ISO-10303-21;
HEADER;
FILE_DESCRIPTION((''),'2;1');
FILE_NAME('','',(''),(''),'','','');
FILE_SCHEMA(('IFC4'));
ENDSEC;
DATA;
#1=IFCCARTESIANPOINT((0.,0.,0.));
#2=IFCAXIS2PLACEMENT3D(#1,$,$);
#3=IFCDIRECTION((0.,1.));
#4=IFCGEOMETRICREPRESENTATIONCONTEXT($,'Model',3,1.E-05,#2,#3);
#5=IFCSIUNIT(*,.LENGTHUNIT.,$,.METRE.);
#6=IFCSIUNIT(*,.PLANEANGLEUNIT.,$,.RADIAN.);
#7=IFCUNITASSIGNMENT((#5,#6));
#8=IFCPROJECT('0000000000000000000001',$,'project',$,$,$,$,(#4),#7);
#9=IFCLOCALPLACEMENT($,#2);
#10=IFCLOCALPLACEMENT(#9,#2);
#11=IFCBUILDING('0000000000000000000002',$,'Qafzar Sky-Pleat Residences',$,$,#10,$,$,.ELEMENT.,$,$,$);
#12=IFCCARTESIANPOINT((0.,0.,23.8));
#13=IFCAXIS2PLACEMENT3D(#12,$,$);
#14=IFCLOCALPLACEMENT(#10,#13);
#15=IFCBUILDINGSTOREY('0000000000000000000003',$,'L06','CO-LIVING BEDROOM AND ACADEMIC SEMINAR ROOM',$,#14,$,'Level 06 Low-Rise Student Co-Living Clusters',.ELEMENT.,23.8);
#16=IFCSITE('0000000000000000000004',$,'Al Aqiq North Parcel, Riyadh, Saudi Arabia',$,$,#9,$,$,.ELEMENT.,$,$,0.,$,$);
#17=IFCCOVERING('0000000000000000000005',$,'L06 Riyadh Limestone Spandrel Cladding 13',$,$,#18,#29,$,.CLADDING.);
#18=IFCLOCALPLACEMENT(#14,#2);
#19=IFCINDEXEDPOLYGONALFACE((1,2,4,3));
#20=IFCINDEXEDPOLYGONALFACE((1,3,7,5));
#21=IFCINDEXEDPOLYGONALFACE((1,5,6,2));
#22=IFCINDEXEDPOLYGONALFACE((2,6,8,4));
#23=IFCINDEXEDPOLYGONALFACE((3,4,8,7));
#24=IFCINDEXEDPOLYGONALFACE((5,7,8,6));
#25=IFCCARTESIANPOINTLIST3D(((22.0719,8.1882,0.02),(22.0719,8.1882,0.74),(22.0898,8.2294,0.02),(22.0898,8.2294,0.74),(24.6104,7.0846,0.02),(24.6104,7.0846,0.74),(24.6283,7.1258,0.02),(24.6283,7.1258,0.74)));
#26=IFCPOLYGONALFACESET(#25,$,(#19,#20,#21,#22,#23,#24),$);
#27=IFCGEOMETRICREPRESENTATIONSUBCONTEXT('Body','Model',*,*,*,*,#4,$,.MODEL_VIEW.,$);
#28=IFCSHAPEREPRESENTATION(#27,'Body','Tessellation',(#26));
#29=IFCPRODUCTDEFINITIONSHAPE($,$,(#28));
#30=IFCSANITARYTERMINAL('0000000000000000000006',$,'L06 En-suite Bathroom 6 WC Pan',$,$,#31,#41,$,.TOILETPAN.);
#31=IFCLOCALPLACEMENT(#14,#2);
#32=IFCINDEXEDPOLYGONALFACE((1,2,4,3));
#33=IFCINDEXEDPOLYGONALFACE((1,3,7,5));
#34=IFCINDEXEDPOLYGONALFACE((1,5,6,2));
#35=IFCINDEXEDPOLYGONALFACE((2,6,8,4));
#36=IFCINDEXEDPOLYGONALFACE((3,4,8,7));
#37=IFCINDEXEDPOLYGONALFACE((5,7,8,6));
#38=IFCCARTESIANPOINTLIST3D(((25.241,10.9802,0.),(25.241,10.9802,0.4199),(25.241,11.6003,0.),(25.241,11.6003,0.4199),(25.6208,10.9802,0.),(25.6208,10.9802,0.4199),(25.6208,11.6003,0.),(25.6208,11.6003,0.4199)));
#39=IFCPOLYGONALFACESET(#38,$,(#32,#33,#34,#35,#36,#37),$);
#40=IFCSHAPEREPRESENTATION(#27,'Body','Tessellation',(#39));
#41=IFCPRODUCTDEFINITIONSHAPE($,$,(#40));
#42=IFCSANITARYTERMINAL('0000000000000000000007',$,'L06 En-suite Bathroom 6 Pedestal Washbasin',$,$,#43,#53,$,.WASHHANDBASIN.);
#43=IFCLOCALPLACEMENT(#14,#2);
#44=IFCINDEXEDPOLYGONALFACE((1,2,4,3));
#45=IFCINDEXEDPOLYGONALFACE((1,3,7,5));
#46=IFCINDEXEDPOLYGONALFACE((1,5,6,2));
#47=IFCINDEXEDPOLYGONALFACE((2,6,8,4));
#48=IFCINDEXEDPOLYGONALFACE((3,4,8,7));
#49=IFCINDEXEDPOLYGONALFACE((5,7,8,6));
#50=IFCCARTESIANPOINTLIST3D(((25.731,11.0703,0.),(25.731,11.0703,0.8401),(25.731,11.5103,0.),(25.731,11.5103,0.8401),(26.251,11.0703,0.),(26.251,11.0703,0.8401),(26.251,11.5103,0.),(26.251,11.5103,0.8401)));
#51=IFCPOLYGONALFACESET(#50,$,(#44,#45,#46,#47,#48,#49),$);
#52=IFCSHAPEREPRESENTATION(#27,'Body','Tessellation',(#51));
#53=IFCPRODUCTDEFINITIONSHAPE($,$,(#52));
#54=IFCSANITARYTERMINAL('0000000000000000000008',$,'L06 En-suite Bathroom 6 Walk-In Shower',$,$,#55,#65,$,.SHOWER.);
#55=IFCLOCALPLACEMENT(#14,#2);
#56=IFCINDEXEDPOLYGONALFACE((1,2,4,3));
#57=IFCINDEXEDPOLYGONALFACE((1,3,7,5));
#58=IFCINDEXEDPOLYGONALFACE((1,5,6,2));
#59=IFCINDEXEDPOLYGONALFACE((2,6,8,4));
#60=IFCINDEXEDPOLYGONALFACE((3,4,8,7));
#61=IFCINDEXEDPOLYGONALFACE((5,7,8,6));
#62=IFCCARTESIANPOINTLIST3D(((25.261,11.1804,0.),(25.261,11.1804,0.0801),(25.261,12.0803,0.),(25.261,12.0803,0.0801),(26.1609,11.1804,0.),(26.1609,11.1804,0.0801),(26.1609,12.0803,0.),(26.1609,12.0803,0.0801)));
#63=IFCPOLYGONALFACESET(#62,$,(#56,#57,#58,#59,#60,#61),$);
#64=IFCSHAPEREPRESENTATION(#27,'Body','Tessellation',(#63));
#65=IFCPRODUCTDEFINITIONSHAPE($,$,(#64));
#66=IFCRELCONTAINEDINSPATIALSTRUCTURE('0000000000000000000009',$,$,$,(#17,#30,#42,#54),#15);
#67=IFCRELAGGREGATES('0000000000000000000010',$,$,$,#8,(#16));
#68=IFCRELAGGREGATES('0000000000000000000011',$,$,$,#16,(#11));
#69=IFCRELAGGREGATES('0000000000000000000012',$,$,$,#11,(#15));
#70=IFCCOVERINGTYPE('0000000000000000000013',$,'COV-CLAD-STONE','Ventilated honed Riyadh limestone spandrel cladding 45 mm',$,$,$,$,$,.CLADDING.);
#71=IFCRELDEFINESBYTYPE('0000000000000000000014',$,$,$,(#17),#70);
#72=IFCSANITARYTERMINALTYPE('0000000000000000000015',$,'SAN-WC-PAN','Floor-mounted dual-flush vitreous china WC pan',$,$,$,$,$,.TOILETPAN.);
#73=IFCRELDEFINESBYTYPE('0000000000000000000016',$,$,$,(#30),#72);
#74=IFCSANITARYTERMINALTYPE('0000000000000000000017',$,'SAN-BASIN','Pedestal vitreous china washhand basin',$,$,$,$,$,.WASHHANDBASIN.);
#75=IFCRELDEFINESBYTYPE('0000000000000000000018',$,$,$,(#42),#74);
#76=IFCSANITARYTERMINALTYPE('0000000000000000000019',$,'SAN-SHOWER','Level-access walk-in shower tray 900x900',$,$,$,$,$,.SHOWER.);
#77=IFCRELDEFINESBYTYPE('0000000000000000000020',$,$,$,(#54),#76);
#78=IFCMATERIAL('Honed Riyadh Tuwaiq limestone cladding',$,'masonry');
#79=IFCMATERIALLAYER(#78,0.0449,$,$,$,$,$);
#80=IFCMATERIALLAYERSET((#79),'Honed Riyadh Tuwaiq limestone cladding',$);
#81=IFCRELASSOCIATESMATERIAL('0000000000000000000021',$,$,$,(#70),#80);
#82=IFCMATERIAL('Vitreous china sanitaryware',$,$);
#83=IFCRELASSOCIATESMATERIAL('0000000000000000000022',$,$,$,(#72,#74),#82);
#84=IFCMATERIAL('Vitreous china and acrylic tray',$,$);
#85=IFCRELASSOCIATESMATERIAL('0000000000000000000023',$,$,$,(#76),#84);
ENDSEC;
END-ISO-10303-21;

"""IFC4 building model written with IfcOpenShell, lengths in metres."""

from ifc_helpers import new_model, si_unit, direction, frame, origin, origin_2d, place, context, subcontext, project, spatial, rectangle, extrude, source, transform, mapped, material, layer, layer_set, type_object, element, save


model = new_model("IFC4")

# Units and contexts
model_context = context("Model", 3, precision=1e-05, world=origin(), true_north=direction((0.0, 1.0)))
body_context = subcontext(model_context, "Body", "Model", "MODEL_VIEW")
ifc_project = project(units=[si_unit("LENGTHUNIT", "METRE"), si_unit("PLANEANGLEUNIT", "RADIAN")], contexts=[model_context])

# Site, building, storey
site_placement = place(None, origin())
site = spatial("IfcSite", under=ifc_project, at=site_placement, Name="Al Aqiq North Parcel, Riyadh, Saudi Arabia", CompositionType="ELEMENT", RefElevation=0.0)
building_placement = place(site_placement, origin())
building = spatial("IfcBuilding", under=site, at=building_placement, Name="Qafzar Sky-Pleat Residences", CompositionType="ELEMENT")
storey_placement = place(building_placement, frame((0.0, 0.0, 23.8)))
storey = spatial("IfcBuildingStorey", under=building, at=storey_placement, Name="L06", Description="CO-LIVING BEDROOM AND ACADEMIC SEMINAR ROOM", LongName="Level 06 Low-Rise Student Co-Living Clusters", CompositionType="ELEMENT", Elevation=23.8)

# Covering
ifc_material_1 = material(Name="Honed Riyadh Tuwaiq limestone cladding", Category="masonry")
ifc_layer_1 = layer(ifc_material_1, 0.0449)
ifc_layer_set_1 = layer_set([ifc_layer_1], Name="Honed Riyadh Tuwaiq limestone cladding")
covering_type = type_object("IfcCoveringType", Name="COV-CLAD-STONE", Description="Ventilated honed Riyadh limestone spandrel cladding 45 mm", PredefinedType="CLADDING", material=ifc_layer_set_1)
shared_shape_1 = source(origin(), body_context, "Body", "SweptSolid", [
    extrude(rectangle(XDim=2.7681, YDim=0.0449, at=origin_2d()), origin(), (0.0, 0.0, 1.0), 0.72),
])
covering_placement = place(storey_placement, frame((23.3501, 7.657, 0.02), z_axis=(0.0, 0.0, 1.0), x_axis=(0.917082, -0.398698, 0.0)))
element("IfcCovering", 1, at=covering_placement, inside=storey, type_object=covering_type, Name="L06 Riyadh Limestone Spandrel Cladding 13", PredefinedType="CLADDING", context=body_context, shape_type="MappedRepresentation", body=[
    mapped(shared_shape_1, transform((0.0, 0.0, 0.0), x_axis=(1.0, 0.0, 0.0), y_axis=(0.0, 1.0, 0.0), z_axis=(0.0, 0.0, 1.0), scale=1.0)),
])

# Sanitary terminals
ifc_material_2 = material(Name="Vitreous china sanitaryware")
sanitary_terminal_type_1 = type_object("IfcSanitaryTerminalType", Name="SAN-WC-PAN", Description="Floor-mounted dual-flush vitreous china WC pan", PredefinedType="TOILETPAN", material=ifc_material_2)
shared_shape_2 = source(origin(), body_context, "Body", "SweptSolid", [
    extrude(rectangle(XDim=0.3799, YDim=0.6201, at=origin_2d()), origin(), (0.0, 0.0, 1.0), 0.4199),
])
sanitary_terminal_1_placement = place(storey_placement, frame((25.4309, 11.2903, 0.0), z_axis=(0.0, 0.0, 1.0), x_axis=(1.0, 0.0, 0.0)))
element("IfcSanitaryTerminal", 2, at=sanitary_terminal_1_placement, inside=storey, type_object=sanitary_terminal_type_1, Name="L06 En-suite Bathroom 6 WC Pan", PredefinedType="TOILETPAN", context=body_context, shape_type="MappedRepresentation", body=[
    mapped(shared_shape_2, transform((0.0, 0.0, 0.0), x_axis=(1.0, 0.0, 0.0), y_axis=(0.0, 1.0, 0.0), z_axis=(0.0, 0.0, 1.0), scale=1.0)),
])
sanitary_terminal_type_2 = type_object("IfcSanitaryTerminalType", Name="SAN-BASIN", Description="Pedestal vitreous china washhand basin", PredefinedType="WASHHANDBASIN", material=ifc_material_2)
shared_shape_3 = source(origin(), body_context, "Body", "SweptSolid", [
    extrude(rectangle(XDim=0.52, YDim=0.4399, at=origin_2d()), origin(), (0.0, 0.0, 1.0), 0.8401),
])
sanitary_terminal_2_placement = place(storey_placement, frame((25.991, 11.2903, 0.0), z_axis=(0.0, 0.0, 1.0), x_axis=(1.0, 0.0, 0.0)))
element("IfcSanitaryTerminal", 3, at=sanitary_terminal_2_placement, inside=storey, type_object=sanitary_terminal_type_2, Name="L06 En-suite Bathroom 6 Pedestal Washbasin", PredefinedType="WASHHANDBASIN", context=body_context, shape_type="MappedRepresentation", body=[
    mapped(shared_shape_3, transform((0.0, 0.0, 0.0), x_axis=(1.0, 0.0, 0.0), y_axis=(0.0, 1.0, 0.0), z_axis=(0.0, 0.0, 1.0), scale=1.0)),
])
ifc_material_3 = material(Name="Vitreous china and acrylic tray")
sanitary_terminal_type_3 = type_object("IfcSanitaryTerminalType", Name="SAN-SHOWER", Description="Level-access walk-in shower tray 900x900", PredefinedType="SHOWER", material=ifc_material_3)
shared_shape_4 = source(origin(), body_context, "Body", "SweptSolid", [
    extrude(rectangle(XDim=0.8999, YDim=0.8999, at=origin_2d()), origin(), (0.0, 0.0, 1.0), 0.0801),
])
sanitary_terminal_3_placement = place(storey_placement, frame((25.7109, 11.6304, 0.0), z_axis=(0.0, 0.0, 1.0), x_axis=(1.0, 0.0, 0.0)))
element("IfcSanitaryTerminal", 4, at=sanitary_terminal_3_placement, inside=storey, type_object=sanitary_terminal_type_3, Name="L06 En-suite Bathroom 6 Walk-In Shower", PredefinedType="SHOWER", context=body_context, shape_type="MappedRepresentation", body=[
    mapped(shared_shape_4, transform((0.0, 0.0, 0.0), x_axis=(1.0, 0.0, 0.0), y_axis=(0.0, 1.0, 0.0), z_axis=(0.0, 0.0, 1.0), scale=1.0)),
])

save(model, "model.ifc")
